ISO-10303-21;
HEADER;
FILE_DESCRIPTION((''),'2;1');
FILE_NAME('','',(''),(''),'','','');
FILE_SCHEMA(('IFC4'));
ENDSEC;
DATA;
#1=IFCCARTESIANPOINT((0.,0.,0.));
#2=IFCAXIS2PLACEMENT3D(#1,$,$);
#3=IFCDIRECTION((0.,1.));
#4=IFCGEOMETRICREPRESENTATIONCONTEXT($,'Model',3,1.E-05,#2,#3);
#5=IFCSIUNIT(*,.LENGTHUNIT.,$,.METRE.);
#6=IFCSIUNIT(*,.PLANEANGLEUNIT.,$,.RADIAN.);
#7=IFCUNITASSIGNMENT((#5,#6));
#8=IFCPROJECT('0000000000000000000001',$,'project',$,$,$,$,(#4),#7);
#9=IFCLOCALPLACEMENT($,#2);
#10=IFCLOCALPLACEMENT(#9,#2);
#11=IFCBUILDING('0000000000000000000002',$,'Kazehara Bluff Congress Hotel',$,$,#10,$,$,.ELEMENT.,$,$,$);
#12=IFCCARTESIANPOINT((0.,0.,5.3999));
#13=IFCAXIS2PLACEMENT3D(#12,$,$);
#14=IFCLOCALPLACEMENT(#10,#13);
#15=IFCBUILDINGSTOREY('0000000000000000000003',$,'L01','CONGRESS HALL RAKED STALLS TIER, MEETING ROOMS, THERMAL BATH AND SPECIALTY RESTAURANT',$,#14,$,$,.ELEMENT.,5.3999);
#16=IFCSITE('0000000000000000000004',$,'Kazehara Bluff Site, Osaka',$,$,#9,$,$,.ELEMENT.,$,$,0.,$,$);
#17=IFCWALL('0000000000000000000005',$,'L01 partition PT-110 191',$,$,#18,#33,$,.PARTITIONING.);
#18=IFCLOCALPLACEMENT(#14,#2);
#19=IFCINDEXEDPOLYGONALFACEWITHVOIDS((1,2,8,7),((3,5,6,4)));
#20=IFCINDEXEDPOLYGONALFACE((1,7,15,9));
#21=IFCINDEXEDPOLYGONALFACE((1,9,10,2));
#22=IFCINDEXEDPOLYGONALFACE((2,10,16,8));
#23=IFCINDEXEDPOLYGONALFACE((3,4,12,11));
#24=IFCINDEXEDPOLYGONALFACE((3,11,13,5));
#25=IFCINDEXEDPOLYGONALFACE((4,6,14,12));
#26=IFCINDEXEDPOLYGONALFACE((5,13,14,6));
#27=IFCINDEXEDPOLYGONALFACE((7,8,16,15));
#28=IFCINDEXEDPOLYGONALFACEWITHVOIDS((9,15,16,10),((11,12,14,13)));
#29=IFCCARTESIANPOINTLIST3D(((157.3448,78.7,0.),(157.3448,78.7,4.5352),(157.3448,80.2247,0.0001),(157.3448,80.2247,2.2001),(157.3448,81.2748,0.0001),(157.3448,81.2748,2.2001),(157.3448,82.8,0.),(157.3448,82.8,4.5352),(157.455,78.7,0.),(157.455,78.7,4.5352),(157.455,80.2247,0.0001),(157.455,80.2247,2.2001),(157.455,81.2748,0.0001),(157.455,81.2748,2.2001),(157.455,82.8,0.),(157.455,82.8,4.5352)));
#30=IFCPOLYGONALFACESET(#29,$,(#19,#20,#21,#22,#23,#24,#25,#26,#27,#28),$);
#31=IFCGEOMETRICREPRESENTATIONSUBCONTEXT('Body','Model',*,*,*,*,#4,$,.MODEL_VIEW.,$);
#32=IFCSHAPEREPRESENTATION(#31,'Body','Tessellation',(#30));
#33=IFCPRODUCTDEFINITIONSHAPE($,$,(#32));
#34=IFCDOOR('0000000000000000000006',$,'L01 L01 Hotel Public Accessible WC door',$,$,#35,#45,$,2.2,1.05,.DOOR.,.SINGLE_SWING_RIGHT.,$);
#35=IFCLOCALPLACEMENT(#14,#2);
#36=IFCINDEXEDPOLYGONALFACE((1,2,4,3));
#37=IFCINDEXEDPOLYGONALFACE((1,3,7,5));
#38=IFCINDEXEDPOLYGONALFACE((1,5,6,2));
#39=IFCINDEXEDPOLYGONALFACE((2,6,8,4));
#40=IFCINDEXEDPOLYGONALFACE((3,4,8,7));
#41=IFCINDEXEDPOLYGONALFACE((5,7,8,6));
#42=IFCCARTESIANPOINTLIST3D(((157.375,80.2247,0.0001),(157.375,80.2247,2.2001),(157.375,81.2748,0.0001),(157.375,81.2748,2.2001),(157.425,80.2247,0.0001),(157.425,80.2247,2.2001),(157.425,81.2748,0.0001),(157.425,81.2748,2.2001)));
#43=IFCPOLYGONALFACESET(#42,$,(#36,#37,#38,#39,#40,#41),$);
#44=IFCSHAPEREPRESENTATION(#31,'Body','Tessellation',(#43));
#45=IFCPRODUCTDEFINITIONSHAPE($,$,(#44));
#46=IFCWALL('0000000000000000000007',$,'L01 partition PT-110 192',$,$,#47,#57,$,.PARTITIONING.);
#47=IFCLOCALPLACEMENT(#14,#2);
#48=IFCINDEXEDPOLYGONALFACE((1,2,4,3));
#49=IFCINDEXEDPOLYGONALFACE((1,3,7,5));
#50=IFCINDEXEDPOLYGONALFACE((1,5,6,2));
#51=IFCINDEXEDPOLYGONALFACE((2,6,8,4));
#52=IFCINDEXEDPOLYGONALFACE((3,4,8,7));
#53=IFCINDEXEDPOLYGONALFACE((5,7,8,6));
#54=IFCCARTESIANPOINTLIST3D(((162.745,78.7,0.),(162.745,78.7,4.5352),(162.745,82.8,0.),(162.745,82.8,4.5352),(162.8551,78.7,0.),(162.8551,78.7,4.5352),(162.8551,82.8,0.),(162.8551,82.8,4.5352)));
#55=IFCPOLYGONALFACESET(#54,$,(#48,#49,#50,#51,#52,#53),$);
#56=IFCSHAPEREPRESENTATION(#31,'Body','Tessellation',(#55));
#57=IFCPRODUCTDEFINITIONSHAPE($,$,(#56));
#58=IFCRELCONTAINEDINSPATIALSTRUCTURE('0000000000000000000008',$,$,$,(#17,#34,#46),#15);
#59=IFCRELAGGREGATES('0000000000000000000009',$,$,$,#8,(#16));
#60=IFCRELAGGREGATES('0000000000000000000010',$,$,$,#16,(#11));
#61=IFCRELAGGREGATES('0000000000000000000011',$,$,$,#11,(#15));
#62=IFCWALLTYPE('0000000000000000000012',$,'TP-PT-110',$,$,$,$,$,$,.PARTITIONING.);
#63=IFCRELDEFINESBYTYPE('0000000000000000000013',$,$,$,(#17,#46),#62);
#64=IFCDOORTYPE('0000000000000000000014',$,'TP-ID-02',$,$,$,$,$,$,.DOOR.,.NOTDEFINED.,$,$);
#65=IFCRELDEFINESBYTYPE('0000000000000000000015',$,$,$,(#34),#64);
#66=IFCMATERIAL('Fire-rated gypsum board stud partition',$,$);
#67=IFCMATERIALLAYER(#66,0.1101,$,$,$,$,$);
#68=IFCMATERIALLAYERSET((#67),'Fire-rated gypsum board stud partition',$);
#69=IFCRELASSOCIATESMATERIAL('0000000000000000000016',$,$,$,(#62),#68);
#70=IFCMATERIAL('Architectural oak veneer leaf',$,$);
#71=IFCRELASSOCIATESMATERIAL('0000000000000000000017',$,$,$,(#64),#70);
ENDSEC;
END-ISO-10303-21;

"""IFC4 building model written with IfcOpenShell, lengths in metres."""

from ifc_helpers import new_model, si_unit, direction, frame, frame_2d, origin, place, context, subcontext, project, spatial, rectangle, extrude, material, layer, layer_set, type_object, element, fill, save


model = new_model("IFC4")

# Units and contexts
model_context = context("Model", 3, precision=1e-05, world=origin(), true_north=direction((0.0, 1.0)))
body_context = subcontext(model_context, "Body", "Model", "MODEL_VIEW")
ifc_project = project(units=[si_unit("LENGTHUNIT", "METRE"), si_unit("PLANEANGLEUNIT", "RADIAN")], contexts=[model_context])

# Site, building, storey
site_placement = place(None, origin())
site = spatial("IfcSite", under=ifc_project, at=site_placement, Name="Kazehara Bluff Site, Osaka", CompositionType="ELEMENT", RefElevation=0.0)
building_placement = place(site_placement, origin())
building = spatial("IfcBuilding", under=site, at=building_placement, Name="Kazehara Bluff Congress Hotel", CompositionType="ELEMENT")
storey_placement = place(building_placement, frame((0.0, 0.0, 5.3999)))
storey = spatial("IfcBuildingStorey", under=building, at=storey_placement, Name="L01", Description="CONGRESS HALL RAKED STALLS TIER, MEETING ROOMS, THERMAL BATH AND SPECIALTY RESTAURANT", CompositionType="ELEMENT", Elevation=5.3999)

# Shared definitions
ifc_material_1 = material(Name="Fire-rated gypsum board stud partition")
ifc_layer_1 = layer(ifc_material_1, 0.1101)
ifc_layer_set_1 = layer_set([ifc_layer_1], Name="Fire-rated gypsum board stud partition")
wall_type_1 = type_object("IfcWallType", Name="TP-PT-110", PredefinedType="PARTITIONING", material=ifc_layer_set_1)

# Wall, opening, door
wall_1_placement = place(storey_placement, frame((157.3999, 78.7, 0.0), z_axis=(0.0, 0.0, 1.0), x_axis=(0.0, 1.0, 0.0)))
wall_1 = element("IfcWall", 1, at=wall_1_placement, inside=storey, type_object=wall_type_1, Name="L01 partition PT-110 191", PredefinedType="PARTITIONING", context=body_context, shape_type="SweptSolid", body=[
    extrude(rectangle(XDim=4.1001, YDim=0.1101, at=frame_2d((2.05, 0.0))), origin(), (0.0, 0.0, 1.0), 4.5352),
])
opening_placement = place(wall_1_placement, frame((1.5249, 0.0, 0.0)))
opening = element("IfcOpeningElement", 2, at=opening_placement, cuts=wall_1, PredefinedType="OPENING", context=body_context, shape_type="SweptSolid", body=[
    extrude(rectangle(XDim=1.05, YDim=2.2, at=frame_2d((0.5249, 1.1001))), frame((0.0, 0.0649, 0.0), z_axis=(0.0, -1.0, 0.0), x_axis=(1.0, 0.0, 0.0)), (0.0, 0.0, 1.0), 0.1301),
])
ifc_material_2 = material(Name="Architectural oak veneer leaf")
door_type = type_object("IfcDoorType", Name="TP-ID-02", OperationType="NOTDEFINED", PredefinedType="DOOR", material=ifc_material_2)
door_placement = place(opening_placement, origin())
door = element("IfcDoor", 3, at=door_placement, inside=storey, type_object=door_type, Name="L01 L01 Hotel Public Accessible WC door", OperationType="SINGLE_SWING_RIGHT", OverallHeight=2.2, OverallWidth=1.05, PredefinedType="DOOR", context=body_context, shape_type="SweptSolid", body=[
    extrude(rectangle(XDim=1.05, YDim=2.2, at=frame_2d((0.5249, 1.1001))), frame((0.0, 0.0249, 0.0), z_axis=(0.0, -1.0, 0.0), x_axis=(1.0, 0.0, 0.0)), (0.0, 0.0, 1.0), 0.05),
])
fill(opening, door)

# Wall
wall_2_placement = place(storey_placement, frame((162.8, 78.7, 0.0), z_axis=(0.0, 0.0, 1.0), x_axis=(0.0, 1.0, 0.0)))
element("IfcWall", 4, at=wall_2_placement, inside=storey, type_object=wall_type_1, Name="L01 partition PT-110 192", PredefinedType="PARTITIONING", context=body_context, shape_type="SweptSolid", body=[
    extrude(rectangle(XDim=4.1001, YDim=0.1101, at=frame_2d((2.05, 0.0))), origin(), (0.0, 0.0, 1.0), 4.5352),
])

save(model, "model.ifc")
